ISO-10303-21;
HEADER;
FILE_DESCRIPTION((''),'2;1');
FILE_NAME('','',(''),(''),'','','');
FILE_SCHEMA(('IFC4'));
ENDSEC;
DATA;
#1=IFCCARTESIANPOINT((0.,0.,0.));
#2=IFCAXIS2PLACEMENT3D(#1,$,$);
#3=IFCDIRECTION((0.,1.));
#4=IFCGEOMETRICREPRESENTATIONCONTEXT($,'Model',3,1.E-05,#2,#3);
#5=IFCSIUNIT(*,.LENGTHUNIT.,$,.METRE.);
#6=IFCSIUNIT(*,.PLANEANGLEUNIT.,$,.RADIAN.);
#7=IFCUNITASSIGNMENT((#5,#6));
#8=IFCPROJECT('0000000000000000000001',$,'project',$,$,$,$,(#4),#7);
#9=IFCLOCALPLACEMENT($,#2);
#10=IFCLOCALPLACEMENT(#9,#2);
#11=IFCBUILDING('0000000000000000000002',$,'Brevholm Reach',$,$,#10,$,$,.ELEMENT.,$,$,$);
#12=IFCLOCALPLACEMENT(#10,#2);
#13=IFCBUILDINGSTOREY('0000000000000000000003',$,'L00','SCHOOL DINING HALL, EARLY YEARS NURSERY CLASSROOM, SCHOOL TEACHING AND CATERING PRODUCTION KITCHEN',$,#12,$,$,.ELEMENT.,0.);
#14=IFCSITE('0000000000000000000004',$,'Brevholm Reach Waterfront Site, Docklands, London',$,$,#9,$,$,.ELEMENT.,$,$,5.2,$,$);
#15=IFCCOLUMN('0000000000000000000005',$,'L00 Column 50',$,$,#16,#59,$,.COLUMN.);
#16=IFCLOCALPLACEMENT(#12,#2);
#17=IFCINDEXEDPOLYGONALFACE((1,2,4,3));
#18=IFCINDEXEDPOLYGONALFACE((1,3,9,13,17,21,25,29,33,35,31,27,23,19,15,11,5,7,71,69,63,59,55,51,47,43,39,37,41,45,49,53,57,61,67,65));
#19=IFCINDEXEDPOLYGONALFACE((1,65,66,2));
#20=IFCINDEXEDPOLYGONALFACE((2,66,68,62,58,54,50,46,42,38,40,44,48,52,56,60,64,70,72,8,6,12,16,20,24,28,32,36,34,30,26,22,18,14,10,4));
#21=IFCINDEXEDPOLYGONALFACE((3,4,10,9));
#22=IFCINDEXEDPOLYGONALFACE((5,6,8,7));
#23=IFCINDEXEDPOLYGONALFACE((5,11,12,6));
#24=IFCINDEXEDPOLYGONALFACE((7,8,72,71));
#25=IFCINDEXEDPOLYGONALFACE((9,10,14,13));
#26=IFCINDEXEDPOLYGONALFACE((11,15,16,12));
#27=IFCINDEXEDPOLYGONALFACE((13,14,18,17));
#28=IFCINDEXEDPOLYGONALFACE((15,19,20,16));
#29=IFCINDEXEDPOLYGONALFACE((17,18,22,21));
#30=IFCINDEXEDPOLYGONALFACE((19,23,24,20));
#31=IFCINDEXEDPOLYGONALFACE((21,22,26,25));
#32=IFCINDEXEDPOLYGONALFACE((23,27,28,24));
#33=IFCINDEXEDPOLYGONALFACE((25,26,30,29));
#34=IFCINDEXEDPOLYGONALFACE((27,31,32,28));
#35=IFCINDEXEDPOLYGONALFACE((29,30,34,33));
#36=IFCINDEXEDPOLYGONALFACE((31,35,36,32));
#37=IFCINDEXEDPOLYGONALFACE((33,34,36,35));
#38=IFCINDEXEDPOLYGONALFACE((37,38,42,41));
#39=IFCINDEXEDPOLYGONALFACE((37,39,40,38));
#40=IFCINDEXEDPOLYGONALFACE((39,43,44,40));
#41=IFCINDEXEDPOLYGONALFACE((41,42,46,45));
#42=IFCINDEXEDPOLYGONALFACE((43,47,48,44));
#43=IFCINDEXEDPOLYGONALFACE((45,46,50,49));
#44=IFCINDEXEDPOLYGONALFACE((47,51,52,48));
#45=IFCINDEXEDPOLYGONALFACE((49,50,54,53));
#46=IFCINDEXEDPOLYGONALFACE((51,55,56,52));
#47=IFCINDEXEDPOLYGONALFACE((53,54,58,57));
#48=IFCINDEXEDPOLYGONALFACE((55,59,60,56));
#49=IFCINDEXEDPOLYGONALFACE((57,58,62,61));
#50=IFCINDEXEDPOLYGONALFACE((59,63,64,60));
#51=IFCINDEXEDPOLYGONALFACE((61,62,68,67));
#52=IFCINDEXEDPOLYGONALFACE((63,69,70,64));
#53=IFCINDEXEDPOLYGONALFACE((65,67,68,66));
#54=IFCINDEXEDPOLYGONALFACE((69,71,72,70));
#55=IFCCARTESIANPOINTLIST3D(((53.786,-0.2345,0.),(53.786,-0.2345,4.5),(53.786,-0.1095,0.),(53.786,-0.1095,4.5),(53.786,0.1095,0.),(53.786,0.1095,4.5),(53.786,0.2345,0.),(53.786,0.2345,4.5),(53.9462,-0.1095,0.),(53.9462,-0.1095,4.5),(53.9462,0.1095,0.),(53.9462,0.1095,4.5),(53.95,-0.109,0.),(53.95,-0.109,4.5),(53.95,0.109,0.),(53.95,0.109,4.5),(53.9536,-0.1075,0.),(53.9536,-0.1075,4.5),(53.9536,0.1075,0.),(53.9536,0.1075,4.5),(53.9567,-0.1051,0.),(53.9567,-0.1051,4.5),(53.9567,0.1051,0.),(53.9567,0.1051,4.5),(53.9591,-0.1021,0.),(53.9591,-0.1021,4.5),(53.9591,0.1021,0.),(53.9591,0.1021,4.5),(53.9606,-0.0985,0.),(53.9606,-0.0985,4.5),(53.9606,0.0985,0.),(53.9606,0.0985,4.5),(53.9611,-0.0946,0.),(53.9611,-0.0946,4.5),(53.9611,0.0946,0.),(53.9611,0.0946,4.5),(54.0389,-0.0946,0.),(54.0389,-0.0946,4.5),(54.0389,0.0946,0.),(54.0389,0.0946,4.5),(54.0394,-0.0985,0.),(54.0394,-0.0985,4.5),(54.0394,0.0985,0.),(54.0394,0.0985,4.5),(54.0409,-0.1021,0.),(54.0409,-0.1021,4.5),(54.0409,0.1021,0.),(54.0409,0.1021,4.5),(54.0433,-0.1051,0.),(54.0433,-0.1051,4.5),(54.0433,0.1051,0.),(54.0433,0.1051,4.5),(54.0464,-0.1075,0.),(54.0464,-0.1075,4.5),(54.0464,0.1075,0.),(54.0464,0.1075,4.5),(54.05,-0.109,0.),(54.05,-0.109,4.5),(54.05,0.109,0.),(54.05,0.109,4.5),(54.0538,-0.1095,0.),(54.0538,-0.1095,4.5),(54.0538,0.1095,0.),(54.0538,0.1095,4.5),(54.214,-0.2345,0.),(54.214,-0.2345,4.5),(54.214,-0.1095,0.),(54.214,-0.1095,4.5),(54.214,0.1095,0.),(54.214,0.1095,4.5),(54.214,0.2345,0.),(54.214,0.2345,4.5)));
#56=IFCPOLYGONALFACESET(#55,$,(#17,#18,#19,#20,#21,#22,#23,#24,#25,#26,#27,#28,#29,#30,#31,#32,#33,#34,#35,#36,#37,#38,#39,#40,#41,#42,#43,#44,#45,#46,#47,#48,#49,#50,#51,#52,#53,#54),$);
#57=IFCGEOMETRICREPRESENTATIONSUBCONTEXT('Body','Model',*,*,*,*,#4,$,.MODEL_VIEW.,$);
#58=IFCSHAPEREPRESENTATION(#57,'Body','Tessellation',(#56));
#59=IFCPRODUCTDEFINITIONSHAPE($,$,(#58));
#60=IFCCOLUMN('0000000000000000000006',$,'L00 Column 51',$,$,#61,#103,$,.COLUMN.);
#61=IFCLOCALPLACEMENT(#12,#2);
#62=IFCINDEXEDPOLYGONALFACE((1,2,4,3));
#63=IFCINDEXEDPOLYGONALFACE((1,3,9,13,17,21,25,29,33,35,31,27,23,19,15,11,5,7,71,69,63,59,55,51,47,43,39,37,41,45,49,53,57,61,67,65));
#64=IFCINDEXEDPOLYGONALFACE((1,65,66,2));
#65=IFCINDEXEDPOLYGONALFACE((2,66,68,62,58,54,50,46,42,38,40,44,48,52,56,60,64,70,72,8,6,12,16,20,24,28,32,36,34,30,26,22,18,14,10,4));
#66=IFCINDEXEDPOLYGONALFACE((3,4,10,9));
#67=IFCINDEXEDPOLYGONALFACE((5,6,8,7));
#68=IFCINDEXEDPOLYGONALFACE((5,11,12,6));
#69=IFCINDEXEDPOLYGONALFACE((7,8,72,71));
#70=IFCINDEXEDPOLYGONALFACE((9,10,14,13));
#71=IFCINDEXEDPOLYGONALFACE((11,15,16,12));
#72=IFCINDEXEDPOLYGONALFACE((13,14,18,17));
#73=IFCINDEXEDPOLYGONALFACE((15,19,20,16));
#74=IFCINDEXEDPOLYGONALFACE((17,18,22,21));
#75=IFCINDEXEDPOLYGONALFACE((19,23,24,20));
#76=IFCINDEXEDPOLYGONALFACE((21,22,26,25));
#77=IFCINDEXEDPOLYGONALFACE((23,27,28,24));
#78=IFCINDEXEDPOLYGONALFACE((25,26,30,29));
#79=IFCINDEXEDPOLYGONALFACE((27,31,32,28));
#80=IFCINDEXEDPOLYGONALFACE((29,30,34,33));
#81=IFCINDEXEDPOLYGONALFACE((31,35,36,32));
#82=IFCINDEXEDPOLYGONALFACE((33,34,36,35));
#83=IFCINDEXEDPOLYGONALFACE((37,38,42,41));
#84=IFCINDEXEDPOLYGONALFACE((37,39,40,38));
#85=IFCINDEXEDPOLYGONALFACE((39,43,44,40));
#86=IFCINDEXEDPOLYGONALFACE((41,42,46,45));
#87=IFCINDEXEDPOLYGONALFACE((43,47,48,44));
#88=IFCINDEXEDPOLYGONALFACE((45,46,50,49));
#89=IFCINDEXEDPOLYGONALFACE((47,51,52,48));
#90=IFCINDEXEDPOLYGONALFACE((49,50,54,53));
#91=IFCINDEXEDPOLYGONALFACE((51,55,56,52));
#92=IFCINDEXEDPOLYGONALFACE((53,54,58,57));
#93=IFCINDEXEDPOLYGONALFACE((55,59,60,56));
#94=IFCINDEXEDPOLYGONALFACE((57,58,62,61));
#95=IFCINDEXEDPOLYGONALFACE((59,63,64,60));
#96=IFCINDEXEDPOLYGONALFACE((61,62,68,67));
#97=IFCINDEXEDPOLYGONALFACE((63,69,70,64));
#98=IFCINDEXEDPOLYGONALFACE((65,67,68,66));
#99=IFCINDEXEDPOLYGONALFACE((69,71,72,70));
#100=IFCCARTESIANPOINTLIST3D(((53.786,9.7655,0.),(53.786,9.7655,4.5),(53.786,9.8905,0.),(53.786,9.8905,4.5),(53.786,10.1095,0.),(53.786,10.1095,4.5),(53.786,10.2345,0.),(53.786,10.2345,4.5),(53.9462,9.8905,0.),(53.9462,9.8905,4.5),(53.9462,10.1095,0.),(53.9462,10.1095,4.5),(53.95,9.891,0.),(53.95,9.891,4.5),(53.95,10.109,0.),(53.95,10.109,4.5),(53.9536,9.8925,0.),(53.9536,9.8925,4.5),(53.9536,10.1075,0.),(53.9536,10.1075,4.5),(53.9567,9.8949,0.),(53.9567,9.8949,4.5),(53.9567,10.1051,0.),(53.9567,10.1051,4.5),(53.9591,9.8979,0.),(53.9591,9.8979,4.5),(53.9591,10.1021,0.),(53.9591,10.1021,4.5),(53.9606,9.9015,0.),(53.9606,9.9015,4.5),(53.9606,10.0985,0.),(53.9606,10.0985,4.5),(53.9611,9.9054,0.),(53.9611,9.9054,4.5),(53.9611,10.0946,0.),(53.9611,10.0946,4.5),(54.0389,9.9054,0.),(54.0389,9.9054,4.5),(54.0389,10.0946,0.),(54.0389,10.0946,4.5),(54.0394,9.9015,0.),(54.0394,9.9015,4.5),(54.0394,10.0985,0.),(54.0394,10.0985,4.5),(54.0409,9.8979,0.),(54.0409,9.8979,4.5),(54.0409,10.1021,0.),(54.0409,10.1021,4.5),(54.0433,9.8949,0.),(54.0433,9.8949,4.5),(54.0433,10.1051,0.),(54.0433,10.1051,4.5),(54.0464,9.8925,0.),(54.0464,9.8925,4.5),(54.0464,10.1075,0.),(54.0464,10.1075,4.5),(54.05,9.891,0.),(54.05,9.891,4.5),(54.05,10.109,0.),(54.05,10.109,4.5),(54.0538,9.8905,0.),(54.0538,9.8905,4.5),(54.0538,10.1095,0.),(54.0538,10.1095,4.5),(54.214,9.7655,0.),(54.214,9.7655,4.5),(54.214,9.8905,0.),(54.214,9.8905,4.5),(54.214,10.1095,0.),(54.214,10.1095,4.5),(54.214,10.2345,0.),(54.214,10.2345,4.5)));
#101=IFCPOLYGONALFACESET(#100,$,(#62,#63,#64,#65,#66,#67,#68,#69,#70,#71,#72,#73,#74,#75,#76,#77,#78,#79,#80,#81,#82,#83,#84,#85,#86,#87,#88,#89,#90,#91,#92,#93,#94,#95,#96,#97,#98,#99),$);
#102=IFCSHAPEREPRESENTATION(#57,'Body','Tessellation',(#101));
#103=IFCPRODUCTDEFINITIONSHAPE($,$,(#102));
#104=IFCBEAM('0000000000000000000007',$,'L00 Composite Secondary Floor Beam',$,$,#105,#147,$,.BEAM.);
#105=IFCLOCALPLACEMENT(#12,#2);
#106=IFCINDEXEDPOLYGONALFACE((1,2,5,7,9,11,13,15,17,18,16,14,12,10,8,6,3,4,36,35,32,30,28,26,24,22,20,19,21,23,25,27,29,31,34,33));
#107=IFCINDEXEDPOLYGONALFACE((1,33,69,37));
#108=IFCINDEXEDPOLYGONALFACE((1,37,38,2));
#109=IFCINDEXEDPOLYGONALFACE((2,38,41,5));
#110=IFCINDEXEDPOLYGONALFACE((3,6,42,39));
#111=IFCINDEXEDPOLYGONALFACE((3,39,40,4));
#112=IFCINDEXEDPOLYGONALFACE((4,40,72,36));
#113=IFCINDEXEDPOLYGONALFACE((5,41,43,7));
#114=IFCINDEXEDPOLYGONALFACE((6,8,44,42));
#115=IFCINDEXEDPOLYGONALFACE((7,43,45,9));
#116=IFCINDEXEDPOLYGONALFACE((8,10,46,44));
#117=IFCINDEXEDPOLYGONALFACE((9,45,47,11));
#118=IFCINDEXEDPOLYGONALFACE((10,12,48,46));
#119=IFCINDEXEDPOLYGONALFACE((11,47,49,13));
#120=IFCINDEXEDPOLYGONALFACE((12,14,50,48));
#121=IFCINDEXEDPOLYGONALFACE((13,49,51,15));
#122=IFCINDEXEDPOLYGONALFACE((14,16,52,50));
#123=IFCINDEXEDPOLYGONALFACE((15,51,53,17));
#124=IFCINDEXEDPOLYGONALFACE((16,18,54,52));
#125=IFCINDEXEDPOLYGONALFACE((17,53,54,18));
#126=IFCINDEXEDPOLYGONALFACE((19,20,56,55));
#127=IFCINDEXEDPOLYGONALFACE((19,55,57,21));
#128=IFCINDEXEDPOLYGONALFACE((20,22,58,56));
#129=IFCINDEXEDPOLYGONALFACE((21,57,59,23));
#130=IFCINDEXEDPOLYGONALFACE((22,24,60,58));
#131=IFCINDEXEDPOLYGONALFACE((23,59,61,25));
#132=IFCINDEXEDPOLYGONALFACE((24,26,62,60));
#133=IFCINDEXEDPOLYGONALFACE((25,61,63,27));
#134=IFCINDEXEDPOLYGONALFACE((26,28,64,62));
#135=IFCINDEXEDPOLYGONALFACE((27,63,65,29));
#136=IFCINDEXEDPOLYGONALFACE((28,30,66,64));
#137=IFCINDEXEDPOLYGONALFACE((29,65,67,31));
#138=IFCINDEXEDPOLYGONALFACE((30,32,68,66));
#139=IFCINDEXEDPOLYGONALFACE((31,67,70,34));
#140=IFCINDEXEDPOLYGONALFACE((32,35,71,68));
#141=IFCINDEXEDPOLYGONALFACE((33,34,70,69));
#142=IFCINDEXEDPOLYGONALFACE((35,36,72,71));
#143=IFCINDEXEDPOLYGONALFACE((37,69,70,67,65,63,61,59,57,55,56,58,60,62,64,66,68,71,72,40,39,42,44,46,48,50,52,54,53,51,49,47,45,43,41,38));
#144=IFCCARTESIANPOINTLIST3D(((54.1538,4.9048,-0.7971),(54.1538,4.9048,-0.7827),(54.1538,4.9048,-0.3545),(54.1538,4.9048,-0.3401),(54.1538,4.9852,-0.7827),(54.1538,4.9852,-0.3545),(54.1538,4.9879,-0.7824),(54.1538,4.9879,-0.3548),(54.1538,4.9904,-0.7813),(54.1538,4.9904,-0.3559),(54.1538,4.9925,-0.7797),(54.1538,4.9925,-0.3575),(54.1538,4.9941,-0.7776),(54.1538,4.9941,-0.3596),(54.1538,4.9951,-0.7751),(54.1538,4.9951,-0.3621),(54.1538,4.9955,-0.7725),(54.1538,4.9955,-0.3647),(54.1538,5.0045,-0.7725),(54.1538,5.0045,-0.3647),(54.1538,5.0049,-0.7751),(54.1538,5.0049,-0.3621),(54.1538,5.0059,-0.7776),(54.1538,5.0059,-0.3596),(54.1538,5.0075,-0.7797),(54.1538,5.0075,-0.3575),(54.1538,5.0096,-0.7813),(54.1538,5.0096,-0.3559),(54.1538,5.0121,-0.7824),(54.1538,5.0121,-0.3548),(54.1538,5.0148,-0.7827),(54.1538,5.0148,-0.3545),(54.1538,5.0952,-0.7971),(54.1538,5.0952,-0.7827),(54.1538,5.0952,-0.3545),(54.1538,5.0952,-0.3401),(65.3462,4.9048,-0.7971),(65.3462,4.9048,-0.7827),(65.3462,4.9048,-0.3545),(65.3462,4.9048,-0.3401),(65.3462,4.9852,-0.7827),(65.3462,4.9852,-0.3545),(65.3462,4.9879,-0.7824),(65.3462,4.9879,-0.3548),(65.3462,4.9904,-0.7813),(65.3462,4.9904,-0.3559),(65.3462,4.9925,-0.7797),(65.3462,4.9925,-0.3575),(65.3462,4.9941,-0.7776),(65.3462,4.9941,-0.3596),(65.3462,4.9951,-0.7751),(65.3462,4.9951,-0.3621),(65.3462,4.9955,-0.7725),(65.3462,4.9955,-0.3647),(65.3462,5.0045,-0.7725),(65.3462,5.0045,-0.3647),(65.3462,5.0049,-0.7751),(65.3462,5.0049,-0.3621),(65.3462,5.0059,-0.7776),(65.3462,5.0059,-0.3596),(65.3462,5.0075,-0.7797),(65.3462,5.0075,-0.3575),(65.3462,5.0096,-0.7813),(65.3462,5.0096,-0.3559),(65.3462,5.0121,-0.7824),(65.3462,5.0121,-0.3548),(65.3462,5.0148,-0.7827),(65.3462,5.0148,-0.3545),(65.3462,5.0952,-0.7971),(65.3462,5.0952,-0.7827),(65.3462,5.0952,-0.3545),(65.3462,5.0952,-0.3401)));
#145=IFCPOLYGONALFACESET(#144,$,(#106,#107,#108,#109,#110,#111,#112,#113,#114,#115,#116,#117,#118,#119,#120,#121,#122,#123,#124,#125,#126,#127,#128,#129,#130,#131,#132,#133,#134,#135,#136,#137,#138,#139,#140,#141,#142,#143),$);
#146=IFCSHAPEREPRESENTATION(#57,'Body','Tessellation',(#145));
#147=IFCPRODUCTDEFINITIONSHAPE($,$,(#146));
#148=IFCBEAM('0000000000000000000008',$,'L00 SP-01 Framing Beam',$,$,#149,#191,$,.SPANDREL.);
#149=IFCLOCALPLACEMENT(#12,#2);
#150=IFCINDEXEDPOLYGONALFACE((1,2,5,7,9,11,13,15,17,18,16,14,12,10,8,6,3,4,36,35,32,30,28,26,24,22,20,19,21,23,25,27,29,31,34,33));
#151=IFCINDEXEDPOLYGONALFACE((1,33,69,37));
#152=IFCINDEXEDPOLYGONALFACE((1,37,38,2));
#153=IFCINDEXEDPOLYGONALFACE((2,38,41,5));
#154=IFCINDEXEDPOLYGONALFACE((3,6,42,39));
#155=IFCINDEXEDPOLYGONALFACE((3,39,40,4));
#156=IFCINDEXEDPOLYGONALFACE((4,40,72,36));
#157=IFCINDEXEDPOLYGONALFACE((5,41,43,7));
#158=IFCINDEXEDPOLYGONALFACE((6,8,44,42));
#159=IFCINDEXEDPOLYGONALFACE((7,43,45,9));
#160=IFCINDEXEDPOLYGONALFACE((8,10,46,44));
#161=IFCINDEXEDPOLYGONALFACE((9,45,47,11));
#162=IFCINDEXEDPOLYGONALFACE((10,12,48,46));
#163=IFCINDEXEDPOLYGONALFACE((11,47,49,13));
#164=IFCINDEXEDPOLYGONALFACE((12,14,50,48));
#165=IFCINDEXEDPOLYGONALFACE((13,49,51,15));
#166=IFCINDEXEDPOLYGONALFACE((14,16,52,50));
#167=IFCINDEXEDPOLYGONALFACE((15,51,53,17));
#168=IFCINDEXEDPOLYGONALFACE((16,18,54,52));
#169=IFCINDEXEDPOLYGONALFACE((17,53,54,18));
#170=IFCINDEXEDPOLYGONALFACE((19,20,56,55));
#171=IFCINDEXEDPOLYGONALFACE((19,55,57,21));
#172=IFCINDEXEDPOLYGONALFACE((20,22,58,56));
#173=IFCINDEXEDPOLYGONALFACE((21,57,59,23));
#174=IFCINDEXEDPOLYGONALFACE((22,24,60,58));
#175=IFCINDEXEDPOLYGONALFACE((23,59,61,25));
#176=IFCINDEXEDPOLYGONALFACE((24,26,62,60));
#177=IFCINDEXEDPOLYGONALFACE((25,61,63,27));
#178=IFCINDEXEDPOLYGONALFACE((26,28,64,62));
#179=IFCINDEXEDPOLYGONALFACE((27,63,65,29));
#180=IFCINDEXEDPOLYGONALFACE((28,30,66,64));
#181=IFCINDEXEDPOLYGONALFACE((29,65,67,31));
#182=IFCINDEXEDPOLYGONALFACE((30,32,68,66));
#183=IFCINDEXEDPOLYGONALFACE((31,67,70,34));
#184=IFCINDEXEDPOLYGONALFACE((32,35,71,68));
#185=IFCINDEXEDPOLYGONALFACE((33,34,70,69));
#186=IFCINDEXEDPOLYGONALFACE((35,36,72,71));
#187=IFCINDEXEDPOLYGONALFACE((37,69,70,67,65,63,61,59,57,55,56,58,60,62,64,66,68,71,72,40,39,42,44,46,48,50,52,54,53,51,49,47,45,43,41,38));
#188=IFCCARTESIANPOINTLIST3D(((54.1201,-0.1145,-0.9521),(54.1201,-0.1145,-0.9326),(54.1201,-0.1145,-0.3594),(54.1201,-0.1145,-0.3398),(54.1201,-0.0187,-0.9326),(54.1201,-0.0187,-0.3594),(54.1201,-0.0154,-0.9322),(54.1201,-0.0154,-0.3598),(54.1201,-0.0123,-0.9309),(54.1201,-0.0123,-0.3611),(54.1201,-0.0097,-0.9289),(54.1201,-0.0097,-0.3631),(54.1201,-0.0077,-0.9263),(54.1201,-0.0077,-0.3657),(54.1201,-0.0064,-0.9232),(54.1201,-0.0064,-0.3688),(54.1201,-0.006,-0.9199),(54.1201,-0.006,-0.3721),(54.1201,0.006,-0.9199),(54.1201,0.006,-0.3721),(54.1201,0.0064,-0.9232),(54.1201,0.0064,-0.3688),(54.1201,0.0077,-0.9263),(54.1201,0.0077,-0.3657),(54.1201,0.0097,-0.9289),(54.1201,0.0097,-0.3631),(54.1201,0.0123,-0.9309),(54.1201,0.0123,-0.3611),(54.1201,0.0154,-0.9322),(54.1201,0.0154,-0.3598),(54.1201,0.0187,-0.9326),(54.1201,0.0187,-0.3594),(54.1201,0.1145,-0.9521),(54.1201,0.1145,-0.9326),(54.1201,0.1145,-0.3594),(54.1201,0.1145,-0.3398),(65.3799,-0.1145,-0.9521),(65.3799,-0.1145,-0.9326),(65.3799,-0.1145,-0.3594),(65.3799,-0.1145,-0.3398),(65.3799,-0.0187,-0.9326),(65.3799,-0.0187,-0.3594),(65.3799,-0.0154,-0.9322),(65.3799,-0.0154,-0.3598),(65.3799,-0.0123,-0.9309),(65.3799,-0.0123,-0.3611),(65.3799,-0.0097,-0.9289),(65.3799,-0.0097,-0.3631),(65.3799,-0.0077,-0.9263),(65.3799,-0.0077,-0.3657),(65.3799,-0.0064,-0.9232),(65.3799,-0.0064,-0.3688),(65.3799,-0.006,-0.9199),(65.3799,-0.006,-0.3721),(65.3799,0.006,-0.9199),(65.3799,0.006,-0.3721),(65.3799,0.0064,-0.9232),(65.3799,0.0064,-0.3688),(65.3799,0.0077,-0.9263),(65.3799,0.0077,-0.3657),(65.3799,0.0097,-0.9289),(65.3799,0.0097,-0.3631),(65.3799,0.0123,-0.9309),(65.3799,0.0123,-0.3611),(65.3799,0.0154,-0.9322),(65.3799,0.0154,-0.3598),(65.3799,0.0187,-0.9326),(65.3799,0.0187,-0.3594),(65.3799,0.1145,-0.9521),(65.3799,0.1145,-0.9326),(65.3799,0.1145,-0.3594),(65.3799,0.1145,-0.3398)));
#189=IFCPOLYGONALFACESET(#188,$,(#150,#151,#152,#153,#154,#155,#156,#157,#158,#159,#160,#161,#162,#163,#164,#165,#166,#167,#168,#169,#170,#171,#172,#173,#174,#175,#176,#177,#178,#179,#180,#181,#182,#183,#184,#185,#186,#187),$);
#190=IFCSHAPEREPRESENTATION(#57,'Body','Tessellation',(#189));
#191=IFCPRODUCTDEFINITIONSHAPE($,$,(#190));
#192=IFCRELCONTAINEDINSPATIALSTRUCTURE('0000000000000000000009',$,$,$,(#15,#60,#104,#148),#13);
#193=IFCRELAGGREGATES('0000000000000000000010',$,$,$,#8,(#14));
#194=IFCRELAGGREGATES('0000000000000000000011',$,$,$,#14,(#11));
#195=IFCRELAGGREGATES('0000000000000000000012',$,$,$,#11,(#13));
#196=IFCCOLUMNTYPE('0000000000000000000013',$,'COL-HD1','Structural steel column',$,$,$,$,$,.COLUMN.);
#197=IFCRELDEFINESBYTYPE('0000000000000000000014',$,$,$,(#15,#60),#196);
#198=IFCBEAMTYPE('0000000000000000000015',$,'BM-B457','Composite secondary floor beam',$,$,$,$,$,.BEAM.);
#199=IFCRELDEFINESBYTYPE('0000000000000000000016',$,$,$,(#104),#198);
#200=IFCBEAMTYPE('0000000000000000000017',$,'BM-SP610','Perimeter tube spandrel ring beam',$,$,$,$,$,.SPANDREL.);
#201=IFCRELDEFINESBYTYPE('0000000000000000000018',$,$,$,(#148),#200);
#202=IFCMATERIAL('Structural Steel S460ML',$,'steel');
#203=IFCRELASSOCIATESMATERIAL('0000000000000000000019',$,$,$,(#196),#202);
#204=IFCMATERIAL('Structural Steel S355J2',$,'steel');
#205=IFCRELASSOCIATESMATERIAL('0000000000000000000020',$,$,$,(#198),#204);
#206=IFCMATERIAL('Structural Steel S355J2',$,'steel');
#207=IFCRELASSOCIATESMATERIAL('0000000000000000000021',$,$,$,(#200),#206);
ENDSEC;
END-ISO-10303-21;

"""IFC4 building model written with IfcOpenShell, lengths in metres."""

from ifc_helpers import new_model, si_unit, direction, frame, origin, origin_2d, place, context, subcontext, project, spatial, i_section, extrude, material, material_profile, profile_set, type_object, element, save


model = new_model("IFC4")

# Units and contexts
model_context = context("Model", 3, precision=1e-05, world=origin(), true_north=direction((0.0, 1.0)))
body_context = subcontext(model_context, "Body", "Model", "MODEL_VIEW")
ifc_project = project(units=[si_unit("LENGTHUNIT", "METRE"), si_unit("PLANEANGLEUNIT", "RADIAN")], contexts=[model_context])

# Site, building, storey
site_placement = place(None, origin())
site = spatial("IfcSite", under=ifc_project, at=site_placement, Name="Brevholm Reach Waterfront Site, Docklands, London", CompositionType="ELEMENT", RefElevation=5.2)
building_placement = place(site_placement, origin())
building = spatial("IfcBuilding", under=site, at=building_placement, Name="Brevholm Reach", CompositionType="ELEMENT")
storey_placement = place(building_placement, origin())
storey = spatial("IfcBuildingStorey", under=building, at=storey_placement, Name="L00", Description="SCHOOL DINING HALL, EARLY YEARS NURSERY CLASSROOM, SCHOOL TEACHING AND CATERING PRODUCTION KITCHEN", CompositionType="ELEMENT", Elevation=0.0)

# Columns
ifc_material_1 = material(Name="Structural Steel S460ML", Category="steel")
ifc_material_profile_1 = material_profile(ifc_material_1, i_section(OverallWidth=0.428, OverallDepth=0.469, WebThickness=0.0779, FlangeThickness=0.125, FilletRadius=0.0149, at=origin_2d()), Name="HD 400x1086")
ifc_profile_set_1 = profile_set([ifc_material_profile_1], Name="Structural Steel S460ML")
column_type = type_object("IfcColumnType", Name="COL-HD1", Description="Structural steel column", PredefinedType="COLUMN", material=ifc_profile_set_1)
for number, where, z_axis, x_axis, name in (
    (1, (54.0, 0.0, 0.0), (0.0, 0.0, 1.0), (1.0, 0.0, 0.0), "L00 Column 50"),
    (2, (54.0, 10.0, 0.0), (0.0, 0.0, 1.0), (1.0, 0.0, 0.0), "L00 Column 51"),
):
    element("IfcColumn", number, at=place(storey_placement, frame(where, z_axis=z_axis, x_axis=x_axis)), inside=storey, type_object=column_type, Name=name, PredefinedType="COLUMN", context=body_context, shape_type="SweptSolid", body=[
        extrude(i_section(OverallWidth=0.428, OverallDepth=0.469, WebThickness=0.0779, FlangeThickness=0.125, FilletRadius=0.0149, at=origin_2d()), origin(), (0.0, 0.0, 1.0), 4.5),
    ])

# Beams
ifc_material_2 = material(Name="Structural Steel S355J2", Category="steel")
ifc_material_profile_2 = material_profile(ifc_material_2, i_section(OverallWidth=0.1904, OverallDepth=0.457, WebThickness=0.009, FlangeThickness=0.0144, FilletRadius=0.0103, at=origin_2d()), Name="UKB 457x191x74")
ifc_profile_set_2 = profile_set([ifc_material_profile_2], Name="Structural Steel S355J2")
beam_type_1 = type_object("IfcBeamType", Name="BM-B457", Description="Composite secondary floor beam", PredefinedType="BEAM", material=ifc_profile_set_2)
beam_1_placement = place(storey_placement, frame((54.1538, 5.0, -0.5686), z_axis=(1.0, 0.0, 0.0), x_axis=(0.0, 1.0, 0.0)))
element("IfcBeam", 3, at=beam_1_placement, inside=storey, type_object=beam_type_1, Name="L00 Composite Secondary Floor Beam", PredefinedType="BEAM", context=body_context, shape_type="SweptSolid", body=[
    extrude(i_section(OverallWidth=0.1904, OverallDepth=0.457, WebThickness=0.009, FlangeThickness=0.0144, FilletRadius=0.0103, at=origin_2d()), origin(), (0.0, 0.0, 1.0), 11.1924),
])
ifc_material_3 = material(Name="Structural Steel S355J2", Category="steel")
ifc_material_profile_3 = material_profile(ifc_material_3, i_section(OverallWidth=0.229, OverallDepth=0.6123, WebThickness=0.012, FlangeThickness=0.0195, FilletRadius=0.0127, at=origin_2d()), Name="UKB 610x229x125")
ifc_profile_set_3 = profile_set([ifc_material_profile_3], Name="Structural Steel S355J2")
beam_type_2 = type_object("IfcBeamType", Name="BM-SP610", Description="Perimeter tube spandrel ring beam", PredefinedType="SPANDREL", material=ifc_profile_set_3)
beam_2_placement = place(storey_placement, frame((54.1201, 0.0, -0.646), z_axis=(1.0, 0.0, 0.0), x_axis=(0.0, 1.0, 0.0)))
element("IfcBeam", 4, at=beam_2_placement, inside=storey, type_object=beam_type_2, Name="L00 SP-01 Framing Beam", PredefinedType="SPANDREL", context=body_context, shape_type="SweptSolid", body=[
    extrude(i_section(OverallWidth=0.229, OverallDepth=0.6123, WebThickness=0.012, FlangeThickness=0.0195, FilletRadius=0.0127, at=origin_2d()), origin(), (0.0, 0.0, 1.0), 11.2598),
])

save(model, "model.ifc")
